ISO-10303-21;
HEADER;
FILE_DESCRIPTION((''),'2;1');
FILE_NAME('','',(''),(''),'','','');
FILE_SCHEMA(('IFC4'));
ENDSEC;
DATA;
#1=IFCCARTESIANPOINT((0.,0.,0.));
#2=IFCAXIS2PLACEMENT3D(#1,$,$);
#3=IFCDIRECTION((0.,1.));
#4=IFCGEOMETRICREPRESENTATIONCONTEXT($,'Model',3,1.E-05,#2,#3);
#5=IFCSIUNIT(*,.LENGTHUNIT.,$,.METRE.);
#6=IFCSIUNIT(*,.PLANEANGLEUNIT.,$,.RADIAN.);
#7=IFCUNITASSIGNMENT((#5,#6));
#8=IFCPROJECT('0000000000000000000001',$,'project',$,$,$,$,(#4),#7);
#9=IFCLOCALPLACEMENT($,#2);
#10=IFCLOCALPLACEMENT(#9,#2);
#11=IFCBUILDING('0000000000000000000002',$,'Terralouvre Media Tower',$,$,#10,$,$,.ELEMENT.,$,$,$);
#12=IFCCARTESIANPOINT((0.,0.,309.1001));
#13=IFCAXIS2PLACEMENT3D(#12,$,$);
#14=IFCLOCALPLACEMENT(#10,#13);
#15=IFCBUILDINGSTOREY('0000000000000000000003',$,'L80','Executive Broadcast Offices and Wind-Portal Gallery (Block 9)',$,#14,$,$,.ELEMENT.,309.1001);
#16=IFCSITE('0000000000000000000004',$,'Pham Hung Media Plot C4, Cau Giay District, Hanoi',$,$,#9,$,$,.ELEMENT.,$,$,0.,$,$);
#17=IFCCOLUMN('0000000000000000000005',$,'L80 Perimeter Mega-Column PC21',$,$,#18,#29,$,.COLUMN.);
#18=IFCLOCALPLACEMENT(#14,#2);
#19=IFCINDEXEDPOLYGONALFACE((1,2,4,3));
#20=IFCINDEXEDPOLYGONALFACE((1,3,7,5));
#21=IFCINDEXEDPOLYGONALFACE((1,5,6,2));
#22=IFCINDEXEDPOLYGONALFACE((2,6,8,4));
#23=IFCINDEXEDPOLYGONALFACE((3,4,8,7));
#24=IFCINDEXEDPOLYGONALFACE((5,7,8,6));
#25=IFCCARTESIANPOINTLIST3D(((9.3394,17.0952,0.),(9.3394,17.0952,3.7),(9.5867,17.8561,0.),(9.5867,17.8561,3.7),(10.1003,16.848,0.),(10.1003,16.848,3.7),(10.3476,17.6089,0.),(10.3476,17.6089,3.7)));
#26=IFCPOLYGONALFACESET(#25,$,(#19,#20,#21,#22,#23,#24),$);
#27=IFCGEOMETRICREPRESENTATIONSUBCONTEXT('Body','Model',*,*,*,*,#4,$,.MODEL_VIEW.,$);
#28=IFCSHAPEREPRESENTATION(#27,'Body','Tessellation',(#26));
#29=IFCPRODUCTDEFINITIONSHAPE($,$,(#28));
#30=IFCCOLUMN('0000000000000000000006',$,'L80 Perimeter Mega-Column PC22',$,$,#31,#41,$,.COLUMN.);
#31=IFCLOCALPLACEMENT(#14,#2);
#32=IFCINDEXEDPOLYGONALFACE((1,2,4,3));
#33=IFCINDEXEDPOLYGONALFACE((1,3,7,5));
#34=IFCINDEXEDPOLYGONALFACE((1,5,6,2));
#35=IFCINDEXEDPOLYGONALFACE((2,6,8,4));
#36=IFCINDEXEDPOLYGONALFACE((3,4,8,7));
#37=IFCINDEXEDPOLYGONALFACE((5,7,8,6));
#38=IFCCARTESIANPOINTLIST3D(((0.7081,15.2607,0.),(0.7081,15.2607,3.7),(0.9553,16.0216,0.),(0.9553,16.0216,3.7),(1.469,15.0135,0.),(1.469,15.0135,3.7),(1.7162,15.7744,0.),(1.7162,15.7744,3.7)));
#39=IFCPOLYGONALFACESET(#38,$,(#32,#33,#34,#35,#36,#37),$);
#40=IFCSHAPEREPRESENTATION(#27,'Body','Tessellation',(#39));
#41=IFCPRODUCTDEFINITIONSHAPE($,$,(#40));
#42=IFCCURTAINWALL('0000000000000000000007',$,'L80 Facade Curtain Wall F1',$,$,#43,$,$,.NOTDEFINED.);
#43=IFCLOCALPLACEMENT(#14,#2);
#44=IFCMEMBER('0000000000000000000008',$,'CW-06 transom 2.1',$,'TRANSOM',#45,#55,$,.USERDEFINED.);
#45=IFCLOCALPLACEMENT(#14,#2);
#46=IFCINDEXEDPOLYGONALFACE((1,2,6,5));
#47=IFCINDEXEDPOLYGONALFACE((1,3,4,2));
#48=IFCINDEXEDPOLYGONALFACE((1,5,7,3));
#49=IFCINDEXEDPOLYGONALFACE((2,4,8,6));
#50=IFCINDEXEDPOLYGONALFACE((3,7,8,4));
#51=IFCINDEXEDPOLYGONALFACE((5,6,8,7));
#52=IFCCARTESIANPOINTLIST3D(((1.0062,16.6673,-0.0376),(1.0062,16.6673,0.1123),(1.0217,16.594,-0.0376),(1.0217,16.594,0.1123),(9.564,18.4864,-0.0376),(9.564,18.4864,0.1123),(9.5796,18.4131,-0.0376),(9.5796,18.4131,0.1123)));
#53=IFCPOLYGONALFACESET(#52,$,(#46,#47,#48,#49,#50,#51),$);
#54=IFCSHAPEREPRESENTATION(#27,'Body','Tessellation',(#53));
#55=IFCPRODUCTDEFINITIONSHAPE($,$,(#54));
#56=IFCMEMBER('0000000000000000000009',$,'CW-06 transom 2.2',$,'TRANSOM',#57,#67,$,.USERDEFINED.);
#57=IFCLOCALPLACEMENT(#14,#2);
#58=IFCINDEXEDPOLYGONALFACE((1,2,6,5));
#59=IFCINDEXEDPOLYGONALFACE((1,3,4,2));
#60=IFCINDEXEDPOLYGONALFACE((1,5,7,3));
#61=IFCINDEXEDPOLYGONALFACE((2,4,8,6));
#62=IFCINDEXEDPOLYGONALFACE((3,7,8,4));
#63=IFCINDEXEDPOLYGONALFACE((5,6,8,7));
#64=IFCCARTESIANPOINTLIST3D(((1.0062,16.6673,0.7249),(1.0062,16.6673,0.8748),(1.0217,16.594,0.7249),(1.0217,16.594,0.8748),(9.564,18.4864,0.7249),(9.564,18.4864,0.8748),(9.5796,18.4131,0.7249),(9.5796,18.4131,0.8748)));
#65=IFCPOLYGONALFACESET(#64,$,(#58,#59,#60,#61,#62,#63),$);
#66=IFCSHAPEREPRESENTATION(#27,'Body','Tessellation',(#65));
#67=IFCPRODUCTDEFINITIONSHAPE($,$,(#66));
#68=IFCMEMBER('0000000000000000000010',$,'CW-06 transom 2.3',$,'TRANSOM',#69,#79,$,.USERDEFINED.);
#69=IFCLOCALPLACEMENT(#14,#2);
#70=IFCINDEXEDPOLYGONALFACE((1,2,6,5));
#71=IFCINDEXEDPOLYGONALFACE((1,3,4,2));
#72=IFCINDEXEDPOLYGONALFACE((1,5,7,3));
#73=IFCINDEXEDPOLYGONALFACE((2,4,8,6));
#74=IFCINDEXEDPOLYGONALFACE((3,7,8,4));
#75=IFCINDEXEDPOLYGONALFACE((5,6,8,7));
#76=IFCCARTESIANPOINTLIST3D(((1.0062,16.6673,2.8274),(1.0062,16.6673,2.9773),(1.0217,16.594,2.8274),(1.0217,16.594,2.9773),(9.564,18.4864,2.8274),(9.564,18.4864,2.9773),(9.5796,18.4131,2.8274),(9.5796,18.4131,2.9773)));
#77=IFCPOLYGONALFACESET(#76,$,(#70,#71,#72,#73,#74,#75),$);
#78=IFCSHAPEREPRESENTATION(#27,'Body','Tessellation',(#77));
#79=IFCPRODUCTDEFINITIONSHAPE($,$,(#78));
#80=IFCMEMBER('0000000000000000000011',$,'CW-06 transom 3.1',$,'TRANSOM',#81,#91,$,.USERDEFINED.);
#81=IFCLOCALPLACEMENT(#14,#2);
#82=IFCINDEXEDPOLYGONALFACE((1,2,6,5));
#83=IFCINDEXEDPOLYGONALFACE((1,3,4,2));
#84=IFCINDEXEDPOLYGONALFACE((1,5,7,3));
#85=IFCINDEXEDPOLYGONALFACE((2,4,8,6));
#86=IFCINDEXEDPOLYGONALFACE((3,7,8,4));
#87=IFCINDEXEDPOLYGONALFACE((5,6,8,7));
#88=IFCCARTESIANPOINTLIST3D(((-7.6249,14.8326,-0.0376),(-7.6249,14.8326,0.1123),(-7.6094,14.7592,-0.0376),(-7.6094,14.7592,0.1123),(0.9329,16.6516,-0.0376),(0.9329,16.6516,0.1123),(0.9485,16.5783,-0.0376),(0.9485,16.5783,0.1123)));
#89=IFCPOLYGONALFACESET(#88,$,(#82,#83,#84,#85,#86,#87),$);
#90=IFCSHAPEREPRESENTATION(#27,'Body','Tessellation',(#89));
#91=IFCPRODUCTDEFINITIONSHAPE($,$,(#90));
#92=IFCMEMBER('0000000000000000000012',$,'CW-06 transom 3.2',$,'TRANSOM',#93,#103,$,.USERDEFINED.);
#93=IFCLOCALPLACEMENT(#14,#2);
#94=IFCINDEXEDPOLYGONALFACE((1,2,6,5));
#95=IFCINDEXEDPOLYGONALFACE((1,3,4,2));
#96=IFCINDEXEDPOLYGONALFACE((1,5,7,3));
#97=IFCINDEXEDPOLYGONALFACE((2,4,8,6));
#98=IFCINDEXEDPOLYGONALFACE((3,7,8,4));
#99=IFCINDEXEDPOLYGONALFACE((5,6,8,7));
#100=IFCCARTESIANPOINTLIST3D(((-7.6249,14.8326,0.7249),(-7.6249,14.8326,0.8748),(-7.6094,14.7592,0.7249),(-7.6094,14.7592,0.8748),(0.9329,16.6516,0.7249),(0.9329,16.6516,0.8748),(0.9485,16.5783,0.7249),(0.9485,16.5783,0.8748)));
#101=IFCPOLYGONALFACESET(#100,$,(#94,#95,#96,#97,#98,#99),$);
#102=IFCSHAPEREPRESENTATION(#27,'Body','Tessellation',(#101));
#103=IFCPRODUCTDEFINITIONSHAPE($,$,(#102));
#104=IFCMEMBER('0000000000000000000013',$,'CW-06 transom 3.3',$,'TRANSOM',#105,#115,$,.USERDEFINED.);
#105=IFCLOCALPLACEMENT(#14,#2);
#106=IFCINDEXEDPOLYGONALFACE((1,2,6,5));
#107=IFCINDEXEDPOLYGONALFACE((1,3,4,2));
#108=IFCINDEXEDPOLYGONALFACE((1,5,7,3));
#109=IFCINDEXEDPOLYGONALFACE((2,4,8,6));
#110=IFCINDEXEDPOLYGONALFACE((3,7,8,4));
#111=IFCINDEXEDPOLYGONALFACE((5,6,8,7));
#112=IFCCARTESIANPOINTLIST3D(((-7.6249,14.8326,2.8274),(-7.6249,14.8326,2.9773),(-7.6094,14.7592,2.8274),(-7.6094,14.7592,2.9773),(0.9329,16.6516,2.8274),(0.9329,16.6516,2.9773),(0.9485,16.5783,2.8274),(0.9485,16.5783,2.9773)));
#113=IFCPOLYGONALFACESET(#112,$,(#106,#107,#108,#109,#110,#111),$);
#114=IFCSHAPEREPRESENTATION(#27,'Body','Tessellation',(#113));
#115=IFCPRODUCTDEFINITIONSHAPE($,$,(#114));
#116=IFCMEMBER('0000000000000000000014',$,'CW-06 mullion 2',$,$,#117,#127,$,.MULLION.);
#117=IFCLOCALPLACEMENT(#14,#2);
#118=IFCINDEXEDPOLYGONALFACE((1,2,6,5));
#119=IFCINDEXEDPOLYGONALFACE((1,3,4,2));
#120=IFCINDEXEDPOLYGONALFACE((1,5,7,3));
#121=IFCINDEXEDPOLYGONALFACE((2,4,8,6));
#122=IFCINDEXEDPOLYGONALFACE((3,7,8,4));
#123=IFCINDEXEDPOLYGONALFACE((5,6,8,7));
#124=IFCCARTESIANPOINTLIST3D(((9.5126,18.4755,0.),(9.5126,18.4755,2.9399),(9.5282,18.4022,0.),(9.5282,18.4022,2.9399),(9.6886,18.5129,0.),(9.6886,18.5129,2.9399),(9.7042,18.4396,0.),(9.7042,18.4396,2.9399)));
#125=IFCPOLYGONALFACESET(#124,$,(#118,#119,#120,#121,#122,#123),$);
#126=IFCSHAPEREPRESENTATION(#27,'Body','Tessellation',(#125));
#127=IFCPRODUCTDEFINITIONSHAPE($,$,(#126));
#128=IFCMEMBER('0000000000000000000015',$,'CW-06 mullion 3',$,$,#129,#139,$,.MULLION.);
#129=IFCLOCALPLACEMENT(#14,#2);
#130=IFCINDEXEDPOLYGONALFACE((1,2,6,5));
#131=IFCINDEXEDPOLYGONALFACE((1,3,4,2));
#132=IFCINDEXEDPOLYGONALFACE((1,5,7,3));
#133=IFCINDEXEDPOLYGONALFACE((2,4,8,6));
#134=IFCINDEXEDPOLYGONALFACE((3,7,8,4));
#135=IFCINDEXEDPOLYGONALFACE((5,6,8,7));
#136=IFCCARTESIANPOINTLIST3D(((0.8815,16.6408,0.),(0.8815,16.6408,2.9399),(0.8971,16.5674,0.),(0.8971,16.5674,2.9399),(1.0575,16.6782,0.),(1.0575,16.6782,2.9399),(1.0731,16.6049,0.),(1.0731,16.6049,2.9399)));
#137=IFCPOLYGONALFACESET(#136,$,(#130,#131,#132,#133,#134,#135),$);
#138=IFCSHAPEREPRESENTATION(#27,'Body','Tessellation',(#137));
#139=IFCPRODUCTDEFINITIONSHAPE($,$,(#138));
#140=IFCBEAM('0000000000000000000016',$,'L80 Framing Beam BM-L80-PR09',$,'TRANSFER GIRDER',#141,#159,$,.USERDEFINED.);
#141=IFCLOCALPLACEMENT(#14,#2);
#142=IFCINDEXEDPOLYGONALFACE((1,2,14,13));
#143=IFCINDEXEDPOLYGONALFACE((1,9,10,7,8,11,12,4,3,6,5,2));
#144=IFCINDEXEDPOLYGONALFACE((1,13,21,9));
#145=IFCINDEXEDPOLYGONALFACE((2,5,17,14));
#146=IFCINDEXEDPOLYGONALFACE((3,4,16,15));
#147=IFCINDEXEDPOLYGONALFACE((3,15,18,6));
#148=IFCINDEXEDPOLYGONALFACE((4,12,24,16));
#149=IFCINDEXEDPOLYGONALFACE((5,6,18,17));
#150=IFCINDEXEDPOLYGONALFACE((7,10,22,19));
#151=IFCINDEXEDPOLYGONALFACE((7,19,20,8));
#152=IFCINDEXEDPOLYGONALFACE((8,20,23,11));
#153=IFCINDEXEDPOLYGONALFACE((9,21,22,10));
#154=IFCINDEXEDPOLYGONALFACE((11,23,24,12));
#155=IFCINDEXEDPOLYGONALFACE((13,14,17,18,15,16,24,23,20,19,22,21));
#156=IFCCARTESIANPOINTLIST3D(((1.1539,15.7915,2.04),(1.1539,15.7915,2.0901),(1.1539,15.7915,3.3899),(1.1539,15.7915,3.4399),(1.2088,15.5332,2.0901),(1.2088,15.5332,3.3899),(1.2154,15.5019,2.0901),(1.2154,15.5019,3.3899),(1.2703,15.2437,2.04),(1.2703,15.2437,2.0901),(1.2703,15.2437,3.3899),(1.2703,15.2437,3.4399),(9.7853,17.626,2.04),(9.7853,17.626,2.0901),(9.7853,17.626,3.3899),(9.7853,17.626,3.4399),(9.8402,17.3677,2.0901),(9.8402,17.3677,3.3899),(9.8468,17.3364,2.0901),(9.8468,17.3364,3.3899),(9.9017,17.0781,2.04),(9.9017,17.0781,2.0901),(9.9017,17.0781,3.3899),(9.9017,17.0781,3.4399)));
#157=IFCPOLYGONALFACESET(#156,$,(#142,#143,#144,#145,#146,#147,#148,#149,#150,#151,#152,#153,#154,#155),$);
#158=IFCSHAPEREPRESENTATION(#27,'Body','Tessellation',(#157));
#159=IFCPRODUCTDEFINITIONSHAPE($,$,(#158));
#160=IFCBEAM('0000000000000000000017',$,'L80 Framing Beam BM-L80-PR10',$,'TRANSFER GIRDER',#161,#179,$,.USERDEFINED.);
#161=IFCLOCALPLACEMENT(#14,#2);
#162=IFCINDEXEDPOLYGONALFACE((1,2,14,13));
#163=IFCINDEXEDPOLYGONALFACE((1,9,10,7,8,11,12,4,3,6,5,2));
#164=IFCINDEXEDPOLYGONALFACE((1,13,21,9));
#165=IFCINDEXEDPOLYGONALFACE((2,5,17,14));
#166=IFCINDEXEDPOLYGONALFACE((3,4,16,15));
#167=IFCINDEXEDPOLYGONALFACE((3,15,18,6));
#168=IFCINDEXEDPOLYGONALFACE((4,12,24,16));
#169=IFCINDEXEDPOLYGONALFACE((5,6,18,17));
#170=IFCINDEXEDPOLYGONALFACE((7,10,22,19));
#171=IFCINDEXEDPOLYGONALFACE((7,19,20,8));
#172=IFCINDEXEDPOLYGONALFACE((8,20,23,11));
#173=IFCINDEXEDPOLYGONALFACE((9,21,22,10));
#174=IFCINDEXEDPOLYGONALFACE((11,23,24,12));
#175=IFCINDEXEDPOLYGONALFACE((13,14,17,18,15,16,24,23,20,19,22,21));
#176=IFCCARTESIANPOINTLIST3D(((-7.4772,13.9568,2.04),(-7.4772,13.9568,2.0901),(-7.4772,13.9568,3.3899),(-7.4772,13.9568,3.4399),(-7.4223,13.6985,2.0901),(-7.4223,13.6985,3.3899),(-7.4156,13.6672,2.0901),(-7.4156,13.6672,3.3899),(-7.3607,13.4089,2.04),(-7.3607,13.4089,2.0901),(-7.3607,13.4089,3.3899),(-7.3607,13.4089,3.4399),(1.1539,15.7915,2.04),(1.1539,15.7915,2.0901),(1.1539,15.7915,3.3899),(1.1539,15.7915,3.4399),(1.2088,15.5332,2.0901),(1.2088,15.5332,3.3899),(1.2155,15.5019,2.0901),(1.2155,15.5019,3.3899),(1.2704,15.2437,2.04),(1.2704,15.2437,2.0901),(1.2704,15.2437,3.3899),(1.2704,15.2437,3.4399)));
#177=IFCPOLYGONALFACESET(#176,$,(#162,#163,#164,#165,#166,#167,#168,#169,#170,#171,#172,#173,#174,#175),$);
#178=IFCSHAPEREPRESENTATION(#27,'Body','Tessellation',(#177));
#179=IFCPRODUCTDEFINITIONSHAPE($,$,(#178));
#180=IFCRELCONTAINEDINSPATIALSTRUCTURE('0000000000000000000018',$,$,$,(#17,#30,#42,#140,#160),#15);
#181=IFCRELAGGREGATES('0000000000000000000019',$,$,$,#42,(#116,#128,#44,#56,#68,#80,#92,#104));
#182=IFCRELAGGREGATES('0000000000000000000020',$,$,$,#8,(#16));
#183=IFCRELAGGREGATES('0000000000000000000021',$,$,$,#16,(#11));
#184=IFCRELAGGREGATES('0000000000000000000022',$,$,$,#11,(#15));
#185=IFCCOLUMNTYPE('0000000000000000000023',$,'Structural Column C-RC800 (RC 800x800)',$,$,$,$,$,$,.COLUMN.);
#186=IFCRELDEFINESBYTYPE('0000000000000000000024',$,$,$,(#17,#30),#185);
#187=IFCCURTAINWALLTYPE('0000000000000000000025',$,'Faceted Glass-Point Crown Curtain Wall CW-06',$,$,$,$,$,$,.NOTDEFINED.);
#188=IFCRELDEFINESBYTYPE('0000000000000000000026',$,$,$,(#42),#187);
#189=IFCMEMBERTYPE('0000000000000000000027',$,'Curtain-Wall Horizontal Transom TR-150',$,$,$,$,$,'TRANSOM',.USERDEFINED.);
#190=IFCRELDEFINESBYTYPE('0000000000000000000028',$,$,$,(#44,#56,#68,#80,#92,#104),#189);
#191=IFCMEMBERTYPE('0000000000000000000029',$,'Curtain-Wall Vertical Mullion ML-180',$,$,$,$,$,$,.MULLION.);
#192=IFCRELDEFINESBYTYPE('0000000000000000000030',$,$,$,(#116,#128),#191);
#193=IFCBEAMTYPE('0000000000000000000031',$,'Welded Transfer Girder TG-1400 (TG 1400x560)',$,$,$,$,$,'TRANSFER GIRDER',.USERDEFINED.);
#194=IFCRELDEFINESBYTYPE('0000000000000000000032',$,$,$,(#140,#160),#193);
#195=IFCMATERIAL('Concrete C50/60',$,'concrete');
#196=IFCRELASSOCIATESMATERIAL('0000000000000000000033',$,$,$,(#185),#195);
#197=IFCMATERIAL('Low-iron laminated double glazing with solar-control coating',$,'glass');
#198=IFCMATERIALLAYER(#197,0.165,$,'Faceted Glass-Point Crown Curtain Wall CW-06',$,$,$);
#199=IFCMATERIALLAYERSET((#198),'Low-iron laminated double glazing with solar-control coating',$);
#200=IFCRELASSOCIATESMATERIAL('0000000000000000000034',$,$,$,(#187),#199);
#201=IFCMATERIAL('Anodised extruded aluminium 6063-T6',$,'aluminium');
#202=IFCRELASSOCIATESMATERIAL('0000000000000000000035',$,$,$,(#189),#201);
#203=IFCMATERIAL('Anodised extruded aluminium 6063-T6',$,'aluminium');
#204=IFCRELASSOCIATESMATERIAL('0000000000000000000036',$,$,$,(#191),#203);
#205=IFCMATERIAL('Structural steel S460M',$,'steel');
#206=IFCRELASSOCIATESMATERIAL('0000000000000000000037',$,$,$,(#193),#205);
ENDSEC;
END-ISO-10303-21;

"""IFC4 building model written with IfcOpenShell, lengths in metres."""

from ifc_helpers import new_model, si_unit, direction, frame, origin, origin_2d, place, context, subcontext, project, spatial, rectangle, i_section, extrude, material, layer, layer_set, material_profile, profile_set, type_object, element, aggregate, save


model = new_model("IFC4")

# Units and contexts
model_context = context("Model", 3, precision=1e-05, world=origin(), true_north=direction((0.0, 1.0)))
body_context = subcontext(model_context, "Body", "Model", "MODEL_VIEW")
ifc_project = project(units=[si_unit("LENGTHUNIT", "METRE"), si_unit("PLANEANGLEUNIT", "RADIAN")], contexts=[model_context])

# Site, building, storey
site_placement = place(None, origin())
site = spatial("IfcSite", under=ifc_project, at=site_placement, Name="Pham Hung Media Plot C4, Cau Giay District, Hanoi", CompositionType="ELEMENT", RefElevation=0.0)
building_placement = place(site_placement, origin())
building = spatial("IfcBuilding", under=site, at=building_placement, Name="Terralouvre Media Tower", CompositionType="ELEMENT")
storey_placement = place(building_placement, frame((0.0, 0.0, 309.1001)))
storey = spatial("IfcBuildingStorey", under=building, at=storey_placement, Name="L80", Description="Executive Broadcast Offices and Wind-Portal Gallery (Block 9)", CompositionType="ELEMENT", Elevation=309.1001)

# Columns
ifc_material_1 = material(Name="Concrete C50/60", Category="concrete")
ifc_material_profile_1 = material_profile(ifc_material_1, rectangle(XDim=0.8, YDim=0.8, at=origin_2d()), Name="RC 800x800")
ifc_profile_set_1 = profile_set([ifc_material_profile_1], Name="Concrete C50/60")
column_type = type_object("IfcColumnType", Name="Structural Column C-RC800 (RC 800x800)", PredefinedType="COLUMN", material=ifc_profile_set_1)
for number, where, z_axis, x_axis, name in (
    (1, (9.8435, 17.3521, 0.0), (0.0, 0.0, 1.0), (0.309017, 0.951057, 0.0), "L80 Perimeter Mega-Column PC21"),
    (2, (1.2122, 15.5176, 0.0), (0.0, 0.0, 1.0), (0.309017, 0.951057, 0.0), "L80 Perimeter Mega-Column PC22"),
):
    element("IfcColumn", number, at=place(storey_placement, frame(where, z_axis=z_axis, x_axis=x_axis)), inside=storey, type_object=column_type, Name=name, PredefinedType="COLUMN", context=body_context, shape_type="SweptSolid", body=[
        extrude(rectangle(XDim=0.8, YDim=0.8, at=origin_2d()), origin(), (0.0, 0.0, 1.0), 3.7),
    ])

# Curtain wall, members
ifc_material_2 = material(Name="Low-iron laminated double glazing with solar-control coating", Category="glass")
ifc_layer_1 = layer(ifc_material_2, 0.165, Name="Faceted Glass-Point Crown Curtain Wall CW-06")
ifc_layer_set_1 = layer_set([ifc_layer_1], Name="Low-iron laminated double glazing with solar-control coating")
curtain_wall_type = type_object("IfcCurtainWallType", Name="Faceted Glass-Point Crown Curtain Wall CW-06", PredefinedType="NOTDEFINED", material=ifc_layer_set_1)
curtain_wall_placement = place(storey_placement, origin())
curtain_wall = element("IfcCurtainWall", 3, at=curtain_wall_placement, inside=storey, type_object=curtain_wall_type, Name="L80 Facade Curtain Wall F1", PredefinedType="NOTDEFINED")
ifc_material_3 = material(Name="Anodised extruded aluminium 6063-T6", Category="aluminium")
ifc_material_profile_2 = material_profile(ifc_material_3, rectangle(XDim=0.075, YDim=0.1499, at=origin_2d()), Name="ALU 75x150")
ifc_profile_set_2 = profile_set([ifc_material_profile_2], Name="Anodised extruded aluminium 6063-T6")
member_type_1 = type_object("IfcMemberType", Name="Curtain-Wall Horizontal Transom TR-150", ElementType="TRANSOM", PredefinedType="USERDEFINED", material=ifc_profile_set_2)
member_1_placement = place(storey_placement, frame((9.5718, 18.4497, 0.0374), z_axis=(-0.978146, -0.207918, 0.0), x_axis=(0.207918, -0.978146, 0.0)))
member_1 = element("IfcMember", 4, at=member_1_placement, type_object=member_type_1, Name="CW-06 transom 2.1", ObjectType="TRANSOM", PredefinedType="USERDEFINED", context=body_context, shape_type="SweptSolid", body=[
    extrude(rectangle(XDim=0.075, YDim=0.1499, at=origin_2d()), origin(), (0.0, 0.0, 1.0), 8.749),
])
member_2_placement = place(storey_placement, frame((9.5718, 18.4497, 0.7998), z_axis=(-0.978146, -0.207918, 0.0), x_axis=(0.207918, -0.978146, 0.0)))
member_2 = element("IfcMember", 5, at=member_2_placement, type_object=member_type_1, Name="CW-06 transom 2.2", ObjectType="TRANSOM", PredefinedType="USERDEFINED", context=body_context, shape_type="SweptSolid", body=[
    extrude(rectangle(XDim=0.075, YDim=0.1499, at=origin_2d()), origin(), (0.0, 0.0, 1.0), 8.749),
])
member_3_placement = place(storey_placement, frame((9.5718, 18.4497, 2.9023), z_axis=(-0.978146, -0.207918, 0.0), x_axis=(0.207918, -0.978146, 0.0)))
member_3 = element("IfcMember", 6, at=member_3_placement, type_object=member_type_1, Name="CW-06 transom 2.3", ObjectType="TRANSOM", PredefinedType="USERDEFINED", context=body_context, shape_type="SweptSolid", body=[
    extrude(rectangle(XDim=0.075, YDim=0.1499, at=origin_2d()), origin(), (0.0, 0.0, 1.0), 8.749),
])
member_4_placement = place(storey_placement, frame((0.9407, 16.615, 0.0374), z_axis=(-0.978146, -0.207918, 0.0), x_axis=(0.207918, -0.978146, 0.0)))
member_4 = element("IfcMember", 7, at=member_4_placement, type_object=member_type_1, Name="CW-06 transom 3.1", ObjectType="TRANSOM", PredefinedType="USERDEFINED", context=body_context, shape_type="SweptSolid", body=[
    extrude(rectangle(XDim=0.075, YDim=0.1499, at=origin_2d()), origin(), (0.0, 0.0, 1.0), 8.749),
])
member_5_placement = place(storey_placement, frame((0.9407, 16.615, 0.7998), z_axis=(-0.978146, -0.207918, 0.0), x_axis=(0.207918, -0.978146, 0.0)))
member_5 = element("IfcMember", 8, at=member_5_placement, type_object=member_type_1, Name="CW-06 transom 3.2", ObjectType="TRANSOM", PredefinedType="USERDEFINED", context=body_context, shape_type="SweptSolid", body=[
    extrude(rectangle(XDim=0.075, YDim=0.1499, at=origin_2d()), origin(), (0.0, 0.0, 1.0), 8.749),
])
member_6_placement = place(storey_placement, frame((0.9407, 16.615, 2.9023), z_axis=(-0.978146, -0.207918, 0.0), x_axis=(0.207918, -0.978146, 0.0)))
member_6 = element("IfcMember", 9, at=member_6_placement, type_object=member_type_1, Name="CW-06 transom 3.3", ObjectType="TRANSOM", PredefinedType="USERDEFINED", context=body_context, shape_type="SweptSolid", body=[
    extrude(rectangle(XDim=0.075, YDim=0.1499, at=origin_2d()), origin(), (0.0, 0.0, 1.0), 8.749),
])
ifc_material_4 = material(Name="Anodised extruded aluminium 6063-T6", Category="aluminium")
ifc_material_profile_3 = material_profile(ifc_material_4, rectangle(XDim=0.075, YDim=0.1799, at=origin_2d()), Name="ALU 75x180")
ifc_profile_set_3 = profile_set([ifc_material_profile_3], Name="Anodised extruded aluminium 6063-T6")
member_type_2 = type_object("IfcMemberType", Name="Curtain-Wall Vertical Mullion ML-180", PredefinedType="MULLION", material=ifc_profile_set_3)
member_7_placement = place(storey_placement, frame((9.6084, 18.4575, 0.0), z_axis=(0.0, 0.0, 1.0), x_axis=(0.207912, -0.978148, 0.0)))
member_7 = element("IfcMember", 10, at=member_7_placement, type_object=member_type_2, Name="CW-06 mullion 2", PredefinedType="MULLION", context=body_context, shape_type="SweptSolid", body=[
    extrude(rectangle(XDim=0.075, YDim=0.1799, at=origin_2d()), origin(), (0.0, 0.0, 1.0), 2.9399),
])
member_8_placement = place(storey_placement, frame((0.9773, 16.6228, 0.0), z_axis=(0.0, 0.0, 1.0), x_axis=(0.207912, -0.978148, 0.0)))
member_8 = element("IfcMember", 11, at=member_8_placement, type_object=member_type_2, Name="CW-06 mullion 3", PredefinedType="MULLION", context=body_context, shape_type="SweptSolid", body=[
    extrude(rectangle(XDim=0.075, YDim=0.1799, at=origin_2d()), origin(), (0.0, 0.0, 1.0), 2.9399),
])

# Beams
ifc_material_5 = material(Name="Structural steel S460M", Category="steel")
ifc_material_profile_4 = material_profile(ifc_material_5, i_section(OverallWidth=0.5601, OverallDepth=1.3999, WebThickness=0.032, FlangeThickness=0.05, at=origin_2d()), Name="TG 1400x560")
ifc_profile_set_4 = profile_set([ifc_material_profile_4], Name="Structural steel S460M")
beam_type = type_object("IfcBeamType", Name="Welded Transfer Girder TG-1400 (TG 1400x560)", ElementType="TRANSFER GIRDER", PredefinedType="USERDEFINED", material=ifc_profile_set_4)
beam_1_placement = place(storey_placement, frame((9.8435, 17.3521, 2.74), z_axis=(-0.978152, -0.207893, 0.0), x_axis=(0.207893, -0.978152, 0.0)))
element("IfcBeam", 12, at=beam_1_placement, inside=storey, type_object=beam_type, Name="L80 Framing Beam BM-L80-PR09", ObjectType="TRANSFER GIRDER", PredefinedType="USERDEFINED", context=body_context, shape_type="SweptSolid", body=[
    extrude(i_section(OverallWidth=0.5601, OverallDepth=1.3999, WebThickness=0.032, FlangeThickness=0.05, at=origin_2d()), origin(), (0.0, 0.0, 1.0), 8.8242),
])
beam_2_placement = place(storey_placement, frame((1.2122, 15.5176, 2.74), z_axis=(-0.978145, -0.207925, 0.0), x_axis=(0.207925, -0.978145, 0.0)))
element("IfcBeam", 13, at=beam_2_placement, inside=storey, type_object=beam_type, Name="L80 Framing Beam BM-L80-PR10", ObjectType="TRANSFER GIRDER", PredefinedType="USERDEFINED", context=body_context, shape_type="SweptSolid", body=[
    extrude(i_section(OverallWidth=0.5601, OverallDepth=1.3999, WebThickness=0.032, FlangeThickness=0.05, at=origin_2d()), origin(), (0.0, 0.0, 1.0), 8.824),
])

aggregate(curtain_wall, [member_7, member_8, member_1, member_2, member_3, member_4, member_5, member_6])

save(model, "model.ifc")
